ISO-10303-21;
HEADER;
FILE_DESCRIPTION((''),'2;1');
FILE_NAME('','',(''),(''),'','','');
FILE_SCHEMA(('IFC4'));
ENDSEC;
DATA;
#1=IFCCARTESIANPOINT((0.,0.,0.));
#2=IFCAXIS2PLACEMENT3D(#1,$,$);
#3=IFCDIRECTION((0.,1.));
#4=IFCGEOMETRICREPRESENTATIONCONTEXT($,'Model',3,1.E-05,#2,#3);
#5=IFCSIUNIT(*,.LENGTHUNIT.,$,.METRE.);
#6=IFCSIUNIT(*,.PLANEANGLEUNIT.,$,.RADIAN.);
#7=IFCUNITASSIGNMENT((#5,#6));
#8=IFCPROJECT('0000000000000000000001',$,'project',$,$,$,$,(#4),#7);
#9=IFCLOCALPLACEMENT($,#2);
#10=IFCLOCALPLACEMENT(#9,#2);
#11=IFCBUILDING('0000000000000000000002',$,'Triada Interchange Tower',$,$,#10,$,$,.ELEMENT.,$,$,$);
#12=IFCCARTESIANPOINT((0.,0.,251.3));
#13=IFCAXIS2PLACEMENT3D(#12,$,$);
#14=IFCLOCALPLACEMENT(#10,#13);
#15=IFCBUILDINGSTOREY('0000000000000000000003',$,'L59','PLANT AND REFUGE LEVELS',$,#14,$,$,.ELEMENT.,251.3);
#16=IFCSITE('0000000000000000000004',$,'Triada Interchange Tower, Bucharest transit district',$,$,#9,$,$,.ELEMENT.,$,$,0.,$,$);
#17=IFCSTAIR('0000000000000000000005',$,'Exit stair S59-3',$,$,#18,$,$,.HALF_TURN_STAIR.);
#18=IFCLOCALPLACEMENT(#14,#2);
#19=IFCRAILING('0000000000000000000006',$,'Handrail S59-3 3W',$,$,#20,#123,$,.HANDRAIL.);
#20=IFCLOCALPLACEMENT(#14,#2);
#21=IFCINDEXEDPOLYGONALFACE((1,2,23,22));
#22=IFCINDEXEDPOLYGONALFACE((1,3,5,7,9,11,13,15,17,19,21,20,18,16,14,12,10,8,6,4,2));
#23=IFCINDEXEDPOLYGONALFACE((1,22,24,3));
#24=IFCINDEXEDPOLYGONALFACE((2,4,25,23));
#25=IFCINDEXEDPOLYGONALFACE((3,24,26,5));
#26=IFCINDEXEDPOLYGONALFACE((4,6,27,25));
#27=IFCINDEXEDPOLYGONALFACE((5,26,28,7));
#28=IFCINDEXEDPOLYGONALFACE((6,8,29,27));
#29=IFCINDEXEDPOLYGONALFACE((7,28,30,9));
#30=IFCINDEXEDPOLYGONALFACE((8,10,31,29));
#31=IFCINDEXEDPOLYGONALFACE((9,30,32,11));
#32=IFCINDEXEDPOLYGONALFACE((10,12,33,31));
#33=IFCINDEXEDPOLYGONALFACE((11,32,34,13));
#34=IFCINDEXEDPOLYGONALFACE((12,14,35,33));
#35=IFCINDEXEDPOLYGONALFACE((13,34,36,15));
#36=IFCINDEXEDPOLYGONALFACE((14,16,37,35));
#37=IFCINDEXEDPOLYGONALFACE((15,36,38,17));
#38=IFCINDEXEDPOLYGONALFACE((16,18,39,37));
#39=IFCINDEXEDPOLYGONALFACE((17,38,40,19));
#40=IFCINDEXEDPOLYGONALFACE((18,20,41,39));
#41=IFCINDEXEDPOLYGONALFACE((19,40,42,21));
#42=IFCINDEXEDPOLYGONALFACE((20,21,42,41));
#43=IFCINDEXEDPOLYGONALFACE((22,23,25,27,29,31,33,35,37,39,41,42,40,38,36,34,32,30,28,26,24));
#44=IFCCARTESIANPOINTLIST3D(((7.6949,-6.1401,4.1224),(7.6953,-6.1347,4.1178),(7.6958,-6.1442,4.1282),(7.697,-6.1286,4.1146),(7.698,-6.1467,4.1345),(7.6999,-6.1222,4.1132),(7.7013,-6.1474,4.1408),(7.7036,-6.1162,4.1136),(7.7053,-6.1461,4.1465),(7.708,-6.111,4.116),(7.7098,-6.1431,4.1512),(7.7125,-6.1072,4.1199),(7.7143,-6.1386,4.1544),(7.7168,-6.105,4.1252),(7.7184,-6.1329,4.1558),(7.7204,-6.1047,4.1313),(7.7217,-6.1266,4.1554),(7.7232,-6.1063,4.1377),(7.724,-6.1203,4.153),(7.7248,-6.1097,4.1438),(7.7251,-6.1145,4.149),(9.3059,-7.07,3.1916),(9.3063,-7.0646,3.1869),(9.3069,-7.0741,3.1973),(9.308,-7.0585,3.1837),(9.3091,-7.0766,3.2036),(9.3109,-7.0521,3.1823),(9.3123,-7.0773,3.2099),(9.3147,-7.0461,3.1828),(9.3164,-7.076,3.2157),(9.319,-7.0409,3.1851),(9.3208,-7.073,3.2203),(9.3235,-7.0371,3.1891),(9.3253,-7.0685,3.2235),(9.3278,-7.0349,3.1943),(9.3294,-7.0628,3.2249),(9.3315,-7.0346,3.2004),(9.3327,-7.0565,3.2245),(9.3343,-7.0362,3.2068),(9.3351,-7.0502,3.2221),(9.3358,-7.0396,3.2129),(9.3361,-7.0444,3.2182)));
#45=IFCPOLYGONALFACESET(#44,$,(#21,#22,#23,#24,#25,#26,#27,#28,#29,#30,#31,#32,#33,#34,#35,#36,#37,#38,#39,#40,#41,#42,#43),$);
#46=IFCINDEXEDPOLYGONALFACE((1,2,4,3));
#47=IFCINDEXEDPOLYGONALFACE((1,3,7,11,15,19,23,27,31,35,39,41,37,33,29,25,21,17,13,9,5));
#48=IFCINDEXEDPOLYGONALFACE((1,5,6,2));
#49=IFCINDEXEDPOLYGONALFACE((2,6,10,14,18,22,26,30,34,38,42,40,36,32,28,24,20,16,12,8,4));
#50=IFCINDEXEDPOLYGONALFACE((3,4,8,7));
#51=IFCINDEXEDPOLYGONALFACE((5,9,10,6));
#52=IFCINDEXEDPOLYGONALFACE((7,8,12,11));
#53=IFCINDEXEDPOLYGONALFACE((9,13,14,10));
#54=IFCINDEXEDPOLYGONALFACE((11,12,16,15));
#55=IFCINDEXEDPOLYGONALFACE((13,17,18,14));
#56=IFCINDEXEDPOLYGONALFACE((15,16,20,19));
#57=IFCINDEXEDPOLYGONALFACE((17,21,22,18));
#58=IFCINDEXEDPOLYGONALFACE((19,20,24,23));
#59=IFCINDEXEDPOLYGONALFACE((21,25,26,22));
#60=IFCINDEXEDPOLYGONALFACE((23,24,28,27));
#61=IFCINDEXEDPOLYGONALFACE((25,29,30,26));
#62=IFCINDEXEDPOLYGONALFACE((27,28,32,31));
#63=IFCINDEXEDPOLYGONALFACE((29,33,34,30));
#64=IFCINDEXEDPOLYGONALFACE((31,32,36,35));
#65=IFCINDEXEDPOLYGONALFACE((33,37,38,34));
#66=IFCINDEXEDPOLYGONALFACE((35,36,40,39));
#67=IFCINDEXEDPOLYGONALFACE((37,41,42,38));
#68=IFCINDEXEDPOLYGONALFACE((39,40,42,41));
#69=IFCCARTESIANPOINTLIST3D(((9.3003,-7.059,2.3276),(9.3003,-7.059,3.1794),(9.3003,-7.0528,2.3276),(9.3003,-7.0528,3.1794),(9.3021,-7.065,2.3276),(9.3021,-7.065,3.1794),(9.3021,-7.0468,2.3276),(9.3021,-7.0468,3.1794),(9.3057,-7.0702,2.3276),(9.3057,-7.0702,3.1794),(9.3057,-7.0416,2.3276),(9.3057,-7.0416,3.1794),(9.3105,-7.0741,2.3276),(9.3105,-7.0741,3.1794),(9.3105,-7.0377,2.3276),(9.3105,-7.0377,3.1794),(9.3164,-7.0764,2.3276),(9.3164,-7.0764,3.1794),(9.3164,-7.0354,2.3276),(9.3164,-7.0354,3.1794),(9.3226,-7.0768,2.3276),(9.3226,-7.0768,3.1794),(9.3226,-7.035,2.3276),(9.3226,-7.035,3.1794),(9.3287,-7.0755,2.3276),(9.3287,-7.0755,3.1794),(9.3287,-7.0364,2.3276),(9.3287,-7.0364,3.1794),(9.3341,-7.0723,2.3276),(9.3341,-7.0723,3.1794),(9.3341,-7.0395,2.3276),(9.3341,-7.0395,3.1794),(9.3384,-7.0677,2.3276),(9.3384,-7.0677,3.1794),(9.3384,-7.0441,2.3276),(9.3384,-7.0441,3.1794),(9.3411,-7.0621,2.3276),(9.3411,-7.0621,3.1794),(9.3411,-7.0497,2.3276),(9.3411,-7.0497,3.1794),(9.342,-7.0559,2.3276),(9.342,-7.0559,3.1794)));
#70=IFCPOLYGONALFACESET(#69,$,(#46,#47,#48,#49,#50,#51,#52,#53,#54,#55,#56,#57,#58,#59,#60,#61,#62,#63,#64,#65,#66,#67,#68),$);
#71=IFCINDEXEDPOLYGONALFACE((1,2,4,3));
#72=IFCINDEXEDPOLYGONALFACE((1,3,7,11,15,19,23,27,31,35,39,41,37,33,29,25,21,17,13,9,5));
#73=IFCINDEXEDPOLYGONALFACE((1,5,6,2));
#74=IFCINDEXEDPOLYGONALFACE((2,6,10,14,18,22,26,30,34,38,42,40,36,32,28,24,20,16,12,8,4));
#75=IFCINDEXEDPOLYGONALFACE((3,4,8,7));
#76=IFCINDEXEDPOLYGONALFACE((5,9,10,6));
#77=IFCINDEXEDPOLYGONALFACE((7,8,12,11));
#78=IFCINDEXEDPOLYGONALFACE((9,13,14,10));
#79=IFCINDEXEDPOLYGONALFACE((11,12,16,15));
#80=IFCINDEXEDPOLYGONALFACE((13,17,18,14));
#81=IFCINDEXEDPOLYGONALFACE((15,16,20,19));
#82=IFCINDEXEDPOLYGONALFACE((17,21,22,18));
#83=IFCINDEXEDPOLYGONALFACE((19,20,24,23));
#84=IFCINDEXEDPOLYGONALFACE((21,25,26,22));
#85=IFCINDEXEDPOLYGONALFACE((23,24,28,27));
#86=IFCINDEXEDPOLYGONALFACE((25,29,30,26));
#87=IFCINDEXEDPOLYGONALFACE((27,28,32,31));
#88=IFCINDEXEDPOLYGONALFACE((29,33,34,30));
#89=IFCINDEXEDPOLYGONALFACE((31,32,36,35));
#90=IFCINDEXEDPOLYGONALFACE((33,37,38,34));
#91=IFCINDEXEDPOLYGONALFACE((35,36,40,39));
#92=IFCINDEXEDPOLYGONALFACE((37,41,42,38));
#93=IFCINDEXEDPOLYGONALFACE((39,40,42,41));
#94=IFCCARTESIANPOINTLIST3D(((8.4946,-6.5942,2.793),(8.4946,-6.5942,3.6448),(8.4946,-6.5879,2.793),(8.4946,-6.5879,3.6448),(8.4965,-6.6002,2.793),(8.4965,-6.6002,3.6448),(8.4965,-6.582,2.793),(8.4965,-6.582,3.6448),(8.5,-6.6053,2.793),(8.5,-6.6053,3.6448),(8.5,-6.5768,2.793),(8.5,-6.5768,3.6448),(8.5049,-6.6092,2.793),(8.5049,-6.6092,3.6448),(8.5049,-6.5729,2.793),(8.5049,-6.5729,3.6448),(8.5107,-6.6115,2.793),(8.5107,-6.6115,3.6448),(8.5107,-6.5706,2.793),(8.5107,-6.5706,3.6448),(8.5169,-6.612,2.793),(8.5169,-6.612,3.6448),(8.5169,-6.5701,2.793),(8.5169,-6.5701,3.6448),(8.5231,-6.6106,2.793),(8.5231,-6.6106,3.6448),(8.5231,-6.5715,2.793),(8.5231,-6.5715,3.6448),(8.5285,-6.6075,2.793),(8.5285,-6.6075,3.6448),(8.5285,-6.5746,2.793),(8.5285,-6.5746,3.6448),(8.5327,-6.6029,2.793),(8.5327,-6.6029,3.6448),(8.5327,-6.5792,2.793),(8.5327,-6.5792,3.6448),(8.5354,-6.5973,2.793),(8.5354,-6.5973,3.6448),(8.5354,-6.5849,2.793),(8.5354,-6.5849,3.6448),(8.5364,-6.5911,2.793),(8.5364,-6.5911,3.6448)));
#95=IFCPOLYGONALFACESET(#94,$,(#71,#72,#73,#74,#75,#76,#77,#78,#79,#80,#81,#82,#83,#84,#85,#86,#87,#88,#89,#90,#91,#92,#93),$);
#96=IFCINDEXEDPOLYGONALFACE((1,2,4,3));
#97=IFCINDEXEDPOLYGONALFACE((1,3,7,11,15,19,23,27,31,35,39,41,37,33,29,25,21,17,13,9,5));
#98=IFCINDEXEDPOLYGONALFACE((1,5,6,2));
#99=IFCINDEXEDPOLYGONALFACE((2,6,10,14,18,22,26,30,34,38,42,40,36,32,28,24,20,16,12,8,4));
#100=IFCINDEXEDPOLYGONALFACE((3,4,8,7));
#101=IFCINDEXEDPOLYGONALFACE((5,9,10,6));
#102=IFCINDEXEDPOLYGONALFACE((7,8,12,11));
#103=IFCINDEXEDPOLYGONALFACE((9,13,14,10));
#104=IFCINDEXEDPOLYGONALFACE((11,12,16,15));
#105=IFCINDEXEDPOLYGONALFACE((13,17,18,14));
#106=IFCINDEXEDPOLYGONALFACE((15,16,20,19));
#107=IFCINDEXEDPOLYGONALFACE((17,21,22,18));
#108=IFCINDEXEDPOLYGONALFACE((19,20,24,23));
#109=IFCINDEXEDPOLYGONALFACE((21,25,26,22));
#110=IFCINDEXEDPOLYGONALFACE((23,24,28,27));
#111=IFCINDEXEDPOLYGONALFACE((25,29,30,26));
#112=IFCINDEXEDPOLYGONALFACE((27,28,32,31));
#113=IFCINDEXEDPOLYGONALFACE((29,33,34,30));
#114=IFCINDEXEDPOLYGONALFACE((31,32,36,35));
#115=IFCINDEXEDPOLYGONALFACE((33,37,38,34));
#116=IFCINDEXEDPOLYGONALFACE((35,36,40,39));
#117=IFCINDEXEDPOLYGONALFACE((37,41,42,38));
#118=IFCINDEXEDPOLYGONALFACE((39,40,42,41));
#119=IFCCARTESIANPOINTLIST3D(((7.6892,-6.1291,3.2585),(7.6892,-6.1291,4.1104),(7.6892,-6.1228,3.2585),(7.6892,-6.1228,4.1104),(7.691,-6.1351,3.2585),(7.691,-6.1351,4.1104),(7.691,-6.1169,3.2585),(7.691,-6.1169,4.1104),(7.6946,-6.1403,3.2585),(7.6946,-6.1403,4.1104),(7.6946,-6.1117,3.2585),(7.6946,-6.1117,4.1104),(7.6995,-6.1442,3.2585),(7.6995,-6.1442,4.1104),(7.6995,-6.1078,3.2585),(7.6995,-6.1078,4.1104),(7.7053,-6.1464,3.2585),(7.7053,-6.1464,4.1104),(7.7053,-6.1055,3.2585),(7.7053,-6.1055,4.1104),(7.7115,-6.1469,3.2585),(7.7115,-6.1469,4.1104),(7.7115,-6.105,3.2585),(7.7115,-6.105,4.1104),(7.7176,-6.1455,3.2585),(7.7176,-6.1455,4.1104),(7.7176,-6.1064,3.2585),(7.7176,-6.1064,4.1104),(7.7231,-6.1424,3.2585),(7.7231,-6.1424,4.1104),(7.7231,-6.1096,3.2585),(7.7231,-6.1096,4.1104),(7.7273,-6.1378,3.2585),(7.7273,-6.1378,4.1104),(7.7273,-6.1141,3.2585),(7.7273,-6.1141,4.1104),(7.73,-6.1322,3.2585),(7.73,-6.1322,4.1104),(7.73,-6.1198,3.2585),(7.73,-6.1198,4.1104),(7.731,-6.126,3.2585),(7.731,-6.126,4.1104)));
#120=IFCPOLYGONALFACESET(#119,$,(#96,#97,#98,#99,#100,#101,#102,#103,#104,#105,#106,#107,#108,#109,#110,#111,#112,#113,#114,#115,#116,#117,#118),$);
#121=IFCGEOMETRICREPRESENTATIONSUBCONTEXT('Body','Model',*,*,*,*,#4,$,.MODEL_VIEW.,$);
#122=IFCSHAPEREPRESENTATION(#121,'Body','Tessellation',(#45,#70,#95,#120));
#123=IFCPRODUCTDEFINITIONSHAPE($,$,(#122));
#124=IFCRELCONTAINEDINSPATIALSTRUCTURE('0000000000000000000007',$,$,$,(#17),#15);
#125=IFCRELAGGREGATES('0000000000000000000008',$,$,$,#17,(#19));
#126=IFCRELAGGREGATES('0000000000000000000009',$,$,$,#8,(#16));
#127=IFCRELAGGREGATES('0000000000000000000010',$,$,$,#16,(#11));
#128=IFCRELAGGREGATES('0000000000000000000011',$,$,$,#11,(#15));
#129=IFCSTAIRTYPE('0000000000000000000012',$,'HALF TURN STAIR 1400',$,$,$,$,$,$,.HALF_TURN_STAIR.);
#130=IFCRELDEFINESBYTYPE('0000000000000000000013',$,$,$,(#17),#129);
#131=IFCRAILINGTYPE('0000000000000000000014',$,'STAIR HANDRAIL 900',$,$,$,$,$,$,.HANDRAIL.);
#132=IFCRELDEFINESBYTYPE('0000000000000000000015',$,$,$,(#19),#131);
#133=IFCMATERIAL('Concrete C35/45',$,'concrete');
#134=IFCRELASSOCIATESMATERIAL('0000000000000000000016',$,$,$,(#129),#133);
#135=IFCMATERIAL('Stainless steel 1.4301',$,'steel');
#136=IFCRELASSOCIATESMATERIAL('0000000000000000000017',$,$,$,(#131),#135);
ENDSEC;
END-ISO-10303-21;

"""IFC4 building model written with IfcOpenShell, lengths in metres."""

from ifc_helpers import new_model, si_unit, direction, frame, origin, origin_2d, place, context, subcontext, project, spatial, circle, extrude, material, type_object, element, aggregate, save


model = new_model("IFC4")

# Units and contexts
model_context = context("Model", 3, precision=1e-05, world=origin(), true_north=direction((0.0, 1.0)))
body_context = subcontext(model_context, "Body", "Model", "MODEL_VIEW")
ifc_project = project(units=[si_unit("LENGTHUNIT", "METRE"), si_unit("PLANEANGLEUNIT", "RADIAN")], contexts=[model_context])

# Site, building, storey
site_placement = place(None, origin())
site = spatial("IfcSite", under=ifc_project, at=site_placement, Name="Triada Interchange Tower, Bucharest transit district", CompositionType="ELEMENT", RefElevation=0.0)
building_placement = place(site_placement, origin())
building = spatial("IfcBuilding", under=site, at=building_placement, Name="Triada Interchange Tower", CompositionType="ELEMENT")
storey_placement = place(building_placement, frame((0.0, 0.0, 251.3)))
storey = spatial("IfcBuildingStorey", under=building, at=storey_placement, Name="L59", Description="PLANT AND REFUGE LEVELS", CompositionType="ELEMENT", Elevation=251.3)

# Shared definitions
ifc_material_1 = material(Name="Concrete C35/45", Category="concrete")

# Stair, railing
stair_type = type_object("IfcStairType", Name="HALF TURN STAIR 1400", PredefinedType="HALF_TURN_STAIR", material=ifc_material_1)
stair_placement = place(storey_placement, origin())
stair = element("IfcStair", 1, at=stair_placement, inside=storey, type_object=stair_type, Name="Exit stair S59-3", PredefinedType="HALF_TURN_STAIR")
ifc_material_2 = material(Name="Stainless steel 1.4301", Category="steel")
railing_type = type_object("IfcRailingType", Name="STAIR HANDRAIL 900", PredefinedType="HANDRAIL", material=ifc_material_2)
railing_1_placement = place(storey_placement, frame((9.321, -7.0559, 2.3276)))
railing_1 = element("IfcRailing", 2, at=railing_1_placement, type_object=railing_type, Name="Handrail S59-3 3W", PredefinedType="HANDRAIL", context=body_context, shape_type="SweptSolid", body=[
    extrude(circle(Radius=0.0239, at=origin_2d()), frame((0.0, 0.0, 0.876), z_axis=(-0.77451, 0.447054, 0.447523), x_axis=(-0.499908, -0.866079, 0.0)), (0.0, 0.0, 1.0), 2.0801),
    extrude(circle(Radius=0.021, at=origin_2d()), origin(), (0.0, 0.0, 1.0), 0.8518),
    extrude(circle(Radius=0.021, at=origin_2d()), frame((-0.8057, 0.4648, 0.4653)), (0.0, 0.0, 1.0), 0.8518),
    extrude(circle(Radius=0.021, at=origin_2d()), frame((-1.6111, 0.9299, 0.9309)), (0.0, 0.0, 1.0), 0.8518),
])
aggregate(stair, [railing_1])

save(model, "model.ifc")
